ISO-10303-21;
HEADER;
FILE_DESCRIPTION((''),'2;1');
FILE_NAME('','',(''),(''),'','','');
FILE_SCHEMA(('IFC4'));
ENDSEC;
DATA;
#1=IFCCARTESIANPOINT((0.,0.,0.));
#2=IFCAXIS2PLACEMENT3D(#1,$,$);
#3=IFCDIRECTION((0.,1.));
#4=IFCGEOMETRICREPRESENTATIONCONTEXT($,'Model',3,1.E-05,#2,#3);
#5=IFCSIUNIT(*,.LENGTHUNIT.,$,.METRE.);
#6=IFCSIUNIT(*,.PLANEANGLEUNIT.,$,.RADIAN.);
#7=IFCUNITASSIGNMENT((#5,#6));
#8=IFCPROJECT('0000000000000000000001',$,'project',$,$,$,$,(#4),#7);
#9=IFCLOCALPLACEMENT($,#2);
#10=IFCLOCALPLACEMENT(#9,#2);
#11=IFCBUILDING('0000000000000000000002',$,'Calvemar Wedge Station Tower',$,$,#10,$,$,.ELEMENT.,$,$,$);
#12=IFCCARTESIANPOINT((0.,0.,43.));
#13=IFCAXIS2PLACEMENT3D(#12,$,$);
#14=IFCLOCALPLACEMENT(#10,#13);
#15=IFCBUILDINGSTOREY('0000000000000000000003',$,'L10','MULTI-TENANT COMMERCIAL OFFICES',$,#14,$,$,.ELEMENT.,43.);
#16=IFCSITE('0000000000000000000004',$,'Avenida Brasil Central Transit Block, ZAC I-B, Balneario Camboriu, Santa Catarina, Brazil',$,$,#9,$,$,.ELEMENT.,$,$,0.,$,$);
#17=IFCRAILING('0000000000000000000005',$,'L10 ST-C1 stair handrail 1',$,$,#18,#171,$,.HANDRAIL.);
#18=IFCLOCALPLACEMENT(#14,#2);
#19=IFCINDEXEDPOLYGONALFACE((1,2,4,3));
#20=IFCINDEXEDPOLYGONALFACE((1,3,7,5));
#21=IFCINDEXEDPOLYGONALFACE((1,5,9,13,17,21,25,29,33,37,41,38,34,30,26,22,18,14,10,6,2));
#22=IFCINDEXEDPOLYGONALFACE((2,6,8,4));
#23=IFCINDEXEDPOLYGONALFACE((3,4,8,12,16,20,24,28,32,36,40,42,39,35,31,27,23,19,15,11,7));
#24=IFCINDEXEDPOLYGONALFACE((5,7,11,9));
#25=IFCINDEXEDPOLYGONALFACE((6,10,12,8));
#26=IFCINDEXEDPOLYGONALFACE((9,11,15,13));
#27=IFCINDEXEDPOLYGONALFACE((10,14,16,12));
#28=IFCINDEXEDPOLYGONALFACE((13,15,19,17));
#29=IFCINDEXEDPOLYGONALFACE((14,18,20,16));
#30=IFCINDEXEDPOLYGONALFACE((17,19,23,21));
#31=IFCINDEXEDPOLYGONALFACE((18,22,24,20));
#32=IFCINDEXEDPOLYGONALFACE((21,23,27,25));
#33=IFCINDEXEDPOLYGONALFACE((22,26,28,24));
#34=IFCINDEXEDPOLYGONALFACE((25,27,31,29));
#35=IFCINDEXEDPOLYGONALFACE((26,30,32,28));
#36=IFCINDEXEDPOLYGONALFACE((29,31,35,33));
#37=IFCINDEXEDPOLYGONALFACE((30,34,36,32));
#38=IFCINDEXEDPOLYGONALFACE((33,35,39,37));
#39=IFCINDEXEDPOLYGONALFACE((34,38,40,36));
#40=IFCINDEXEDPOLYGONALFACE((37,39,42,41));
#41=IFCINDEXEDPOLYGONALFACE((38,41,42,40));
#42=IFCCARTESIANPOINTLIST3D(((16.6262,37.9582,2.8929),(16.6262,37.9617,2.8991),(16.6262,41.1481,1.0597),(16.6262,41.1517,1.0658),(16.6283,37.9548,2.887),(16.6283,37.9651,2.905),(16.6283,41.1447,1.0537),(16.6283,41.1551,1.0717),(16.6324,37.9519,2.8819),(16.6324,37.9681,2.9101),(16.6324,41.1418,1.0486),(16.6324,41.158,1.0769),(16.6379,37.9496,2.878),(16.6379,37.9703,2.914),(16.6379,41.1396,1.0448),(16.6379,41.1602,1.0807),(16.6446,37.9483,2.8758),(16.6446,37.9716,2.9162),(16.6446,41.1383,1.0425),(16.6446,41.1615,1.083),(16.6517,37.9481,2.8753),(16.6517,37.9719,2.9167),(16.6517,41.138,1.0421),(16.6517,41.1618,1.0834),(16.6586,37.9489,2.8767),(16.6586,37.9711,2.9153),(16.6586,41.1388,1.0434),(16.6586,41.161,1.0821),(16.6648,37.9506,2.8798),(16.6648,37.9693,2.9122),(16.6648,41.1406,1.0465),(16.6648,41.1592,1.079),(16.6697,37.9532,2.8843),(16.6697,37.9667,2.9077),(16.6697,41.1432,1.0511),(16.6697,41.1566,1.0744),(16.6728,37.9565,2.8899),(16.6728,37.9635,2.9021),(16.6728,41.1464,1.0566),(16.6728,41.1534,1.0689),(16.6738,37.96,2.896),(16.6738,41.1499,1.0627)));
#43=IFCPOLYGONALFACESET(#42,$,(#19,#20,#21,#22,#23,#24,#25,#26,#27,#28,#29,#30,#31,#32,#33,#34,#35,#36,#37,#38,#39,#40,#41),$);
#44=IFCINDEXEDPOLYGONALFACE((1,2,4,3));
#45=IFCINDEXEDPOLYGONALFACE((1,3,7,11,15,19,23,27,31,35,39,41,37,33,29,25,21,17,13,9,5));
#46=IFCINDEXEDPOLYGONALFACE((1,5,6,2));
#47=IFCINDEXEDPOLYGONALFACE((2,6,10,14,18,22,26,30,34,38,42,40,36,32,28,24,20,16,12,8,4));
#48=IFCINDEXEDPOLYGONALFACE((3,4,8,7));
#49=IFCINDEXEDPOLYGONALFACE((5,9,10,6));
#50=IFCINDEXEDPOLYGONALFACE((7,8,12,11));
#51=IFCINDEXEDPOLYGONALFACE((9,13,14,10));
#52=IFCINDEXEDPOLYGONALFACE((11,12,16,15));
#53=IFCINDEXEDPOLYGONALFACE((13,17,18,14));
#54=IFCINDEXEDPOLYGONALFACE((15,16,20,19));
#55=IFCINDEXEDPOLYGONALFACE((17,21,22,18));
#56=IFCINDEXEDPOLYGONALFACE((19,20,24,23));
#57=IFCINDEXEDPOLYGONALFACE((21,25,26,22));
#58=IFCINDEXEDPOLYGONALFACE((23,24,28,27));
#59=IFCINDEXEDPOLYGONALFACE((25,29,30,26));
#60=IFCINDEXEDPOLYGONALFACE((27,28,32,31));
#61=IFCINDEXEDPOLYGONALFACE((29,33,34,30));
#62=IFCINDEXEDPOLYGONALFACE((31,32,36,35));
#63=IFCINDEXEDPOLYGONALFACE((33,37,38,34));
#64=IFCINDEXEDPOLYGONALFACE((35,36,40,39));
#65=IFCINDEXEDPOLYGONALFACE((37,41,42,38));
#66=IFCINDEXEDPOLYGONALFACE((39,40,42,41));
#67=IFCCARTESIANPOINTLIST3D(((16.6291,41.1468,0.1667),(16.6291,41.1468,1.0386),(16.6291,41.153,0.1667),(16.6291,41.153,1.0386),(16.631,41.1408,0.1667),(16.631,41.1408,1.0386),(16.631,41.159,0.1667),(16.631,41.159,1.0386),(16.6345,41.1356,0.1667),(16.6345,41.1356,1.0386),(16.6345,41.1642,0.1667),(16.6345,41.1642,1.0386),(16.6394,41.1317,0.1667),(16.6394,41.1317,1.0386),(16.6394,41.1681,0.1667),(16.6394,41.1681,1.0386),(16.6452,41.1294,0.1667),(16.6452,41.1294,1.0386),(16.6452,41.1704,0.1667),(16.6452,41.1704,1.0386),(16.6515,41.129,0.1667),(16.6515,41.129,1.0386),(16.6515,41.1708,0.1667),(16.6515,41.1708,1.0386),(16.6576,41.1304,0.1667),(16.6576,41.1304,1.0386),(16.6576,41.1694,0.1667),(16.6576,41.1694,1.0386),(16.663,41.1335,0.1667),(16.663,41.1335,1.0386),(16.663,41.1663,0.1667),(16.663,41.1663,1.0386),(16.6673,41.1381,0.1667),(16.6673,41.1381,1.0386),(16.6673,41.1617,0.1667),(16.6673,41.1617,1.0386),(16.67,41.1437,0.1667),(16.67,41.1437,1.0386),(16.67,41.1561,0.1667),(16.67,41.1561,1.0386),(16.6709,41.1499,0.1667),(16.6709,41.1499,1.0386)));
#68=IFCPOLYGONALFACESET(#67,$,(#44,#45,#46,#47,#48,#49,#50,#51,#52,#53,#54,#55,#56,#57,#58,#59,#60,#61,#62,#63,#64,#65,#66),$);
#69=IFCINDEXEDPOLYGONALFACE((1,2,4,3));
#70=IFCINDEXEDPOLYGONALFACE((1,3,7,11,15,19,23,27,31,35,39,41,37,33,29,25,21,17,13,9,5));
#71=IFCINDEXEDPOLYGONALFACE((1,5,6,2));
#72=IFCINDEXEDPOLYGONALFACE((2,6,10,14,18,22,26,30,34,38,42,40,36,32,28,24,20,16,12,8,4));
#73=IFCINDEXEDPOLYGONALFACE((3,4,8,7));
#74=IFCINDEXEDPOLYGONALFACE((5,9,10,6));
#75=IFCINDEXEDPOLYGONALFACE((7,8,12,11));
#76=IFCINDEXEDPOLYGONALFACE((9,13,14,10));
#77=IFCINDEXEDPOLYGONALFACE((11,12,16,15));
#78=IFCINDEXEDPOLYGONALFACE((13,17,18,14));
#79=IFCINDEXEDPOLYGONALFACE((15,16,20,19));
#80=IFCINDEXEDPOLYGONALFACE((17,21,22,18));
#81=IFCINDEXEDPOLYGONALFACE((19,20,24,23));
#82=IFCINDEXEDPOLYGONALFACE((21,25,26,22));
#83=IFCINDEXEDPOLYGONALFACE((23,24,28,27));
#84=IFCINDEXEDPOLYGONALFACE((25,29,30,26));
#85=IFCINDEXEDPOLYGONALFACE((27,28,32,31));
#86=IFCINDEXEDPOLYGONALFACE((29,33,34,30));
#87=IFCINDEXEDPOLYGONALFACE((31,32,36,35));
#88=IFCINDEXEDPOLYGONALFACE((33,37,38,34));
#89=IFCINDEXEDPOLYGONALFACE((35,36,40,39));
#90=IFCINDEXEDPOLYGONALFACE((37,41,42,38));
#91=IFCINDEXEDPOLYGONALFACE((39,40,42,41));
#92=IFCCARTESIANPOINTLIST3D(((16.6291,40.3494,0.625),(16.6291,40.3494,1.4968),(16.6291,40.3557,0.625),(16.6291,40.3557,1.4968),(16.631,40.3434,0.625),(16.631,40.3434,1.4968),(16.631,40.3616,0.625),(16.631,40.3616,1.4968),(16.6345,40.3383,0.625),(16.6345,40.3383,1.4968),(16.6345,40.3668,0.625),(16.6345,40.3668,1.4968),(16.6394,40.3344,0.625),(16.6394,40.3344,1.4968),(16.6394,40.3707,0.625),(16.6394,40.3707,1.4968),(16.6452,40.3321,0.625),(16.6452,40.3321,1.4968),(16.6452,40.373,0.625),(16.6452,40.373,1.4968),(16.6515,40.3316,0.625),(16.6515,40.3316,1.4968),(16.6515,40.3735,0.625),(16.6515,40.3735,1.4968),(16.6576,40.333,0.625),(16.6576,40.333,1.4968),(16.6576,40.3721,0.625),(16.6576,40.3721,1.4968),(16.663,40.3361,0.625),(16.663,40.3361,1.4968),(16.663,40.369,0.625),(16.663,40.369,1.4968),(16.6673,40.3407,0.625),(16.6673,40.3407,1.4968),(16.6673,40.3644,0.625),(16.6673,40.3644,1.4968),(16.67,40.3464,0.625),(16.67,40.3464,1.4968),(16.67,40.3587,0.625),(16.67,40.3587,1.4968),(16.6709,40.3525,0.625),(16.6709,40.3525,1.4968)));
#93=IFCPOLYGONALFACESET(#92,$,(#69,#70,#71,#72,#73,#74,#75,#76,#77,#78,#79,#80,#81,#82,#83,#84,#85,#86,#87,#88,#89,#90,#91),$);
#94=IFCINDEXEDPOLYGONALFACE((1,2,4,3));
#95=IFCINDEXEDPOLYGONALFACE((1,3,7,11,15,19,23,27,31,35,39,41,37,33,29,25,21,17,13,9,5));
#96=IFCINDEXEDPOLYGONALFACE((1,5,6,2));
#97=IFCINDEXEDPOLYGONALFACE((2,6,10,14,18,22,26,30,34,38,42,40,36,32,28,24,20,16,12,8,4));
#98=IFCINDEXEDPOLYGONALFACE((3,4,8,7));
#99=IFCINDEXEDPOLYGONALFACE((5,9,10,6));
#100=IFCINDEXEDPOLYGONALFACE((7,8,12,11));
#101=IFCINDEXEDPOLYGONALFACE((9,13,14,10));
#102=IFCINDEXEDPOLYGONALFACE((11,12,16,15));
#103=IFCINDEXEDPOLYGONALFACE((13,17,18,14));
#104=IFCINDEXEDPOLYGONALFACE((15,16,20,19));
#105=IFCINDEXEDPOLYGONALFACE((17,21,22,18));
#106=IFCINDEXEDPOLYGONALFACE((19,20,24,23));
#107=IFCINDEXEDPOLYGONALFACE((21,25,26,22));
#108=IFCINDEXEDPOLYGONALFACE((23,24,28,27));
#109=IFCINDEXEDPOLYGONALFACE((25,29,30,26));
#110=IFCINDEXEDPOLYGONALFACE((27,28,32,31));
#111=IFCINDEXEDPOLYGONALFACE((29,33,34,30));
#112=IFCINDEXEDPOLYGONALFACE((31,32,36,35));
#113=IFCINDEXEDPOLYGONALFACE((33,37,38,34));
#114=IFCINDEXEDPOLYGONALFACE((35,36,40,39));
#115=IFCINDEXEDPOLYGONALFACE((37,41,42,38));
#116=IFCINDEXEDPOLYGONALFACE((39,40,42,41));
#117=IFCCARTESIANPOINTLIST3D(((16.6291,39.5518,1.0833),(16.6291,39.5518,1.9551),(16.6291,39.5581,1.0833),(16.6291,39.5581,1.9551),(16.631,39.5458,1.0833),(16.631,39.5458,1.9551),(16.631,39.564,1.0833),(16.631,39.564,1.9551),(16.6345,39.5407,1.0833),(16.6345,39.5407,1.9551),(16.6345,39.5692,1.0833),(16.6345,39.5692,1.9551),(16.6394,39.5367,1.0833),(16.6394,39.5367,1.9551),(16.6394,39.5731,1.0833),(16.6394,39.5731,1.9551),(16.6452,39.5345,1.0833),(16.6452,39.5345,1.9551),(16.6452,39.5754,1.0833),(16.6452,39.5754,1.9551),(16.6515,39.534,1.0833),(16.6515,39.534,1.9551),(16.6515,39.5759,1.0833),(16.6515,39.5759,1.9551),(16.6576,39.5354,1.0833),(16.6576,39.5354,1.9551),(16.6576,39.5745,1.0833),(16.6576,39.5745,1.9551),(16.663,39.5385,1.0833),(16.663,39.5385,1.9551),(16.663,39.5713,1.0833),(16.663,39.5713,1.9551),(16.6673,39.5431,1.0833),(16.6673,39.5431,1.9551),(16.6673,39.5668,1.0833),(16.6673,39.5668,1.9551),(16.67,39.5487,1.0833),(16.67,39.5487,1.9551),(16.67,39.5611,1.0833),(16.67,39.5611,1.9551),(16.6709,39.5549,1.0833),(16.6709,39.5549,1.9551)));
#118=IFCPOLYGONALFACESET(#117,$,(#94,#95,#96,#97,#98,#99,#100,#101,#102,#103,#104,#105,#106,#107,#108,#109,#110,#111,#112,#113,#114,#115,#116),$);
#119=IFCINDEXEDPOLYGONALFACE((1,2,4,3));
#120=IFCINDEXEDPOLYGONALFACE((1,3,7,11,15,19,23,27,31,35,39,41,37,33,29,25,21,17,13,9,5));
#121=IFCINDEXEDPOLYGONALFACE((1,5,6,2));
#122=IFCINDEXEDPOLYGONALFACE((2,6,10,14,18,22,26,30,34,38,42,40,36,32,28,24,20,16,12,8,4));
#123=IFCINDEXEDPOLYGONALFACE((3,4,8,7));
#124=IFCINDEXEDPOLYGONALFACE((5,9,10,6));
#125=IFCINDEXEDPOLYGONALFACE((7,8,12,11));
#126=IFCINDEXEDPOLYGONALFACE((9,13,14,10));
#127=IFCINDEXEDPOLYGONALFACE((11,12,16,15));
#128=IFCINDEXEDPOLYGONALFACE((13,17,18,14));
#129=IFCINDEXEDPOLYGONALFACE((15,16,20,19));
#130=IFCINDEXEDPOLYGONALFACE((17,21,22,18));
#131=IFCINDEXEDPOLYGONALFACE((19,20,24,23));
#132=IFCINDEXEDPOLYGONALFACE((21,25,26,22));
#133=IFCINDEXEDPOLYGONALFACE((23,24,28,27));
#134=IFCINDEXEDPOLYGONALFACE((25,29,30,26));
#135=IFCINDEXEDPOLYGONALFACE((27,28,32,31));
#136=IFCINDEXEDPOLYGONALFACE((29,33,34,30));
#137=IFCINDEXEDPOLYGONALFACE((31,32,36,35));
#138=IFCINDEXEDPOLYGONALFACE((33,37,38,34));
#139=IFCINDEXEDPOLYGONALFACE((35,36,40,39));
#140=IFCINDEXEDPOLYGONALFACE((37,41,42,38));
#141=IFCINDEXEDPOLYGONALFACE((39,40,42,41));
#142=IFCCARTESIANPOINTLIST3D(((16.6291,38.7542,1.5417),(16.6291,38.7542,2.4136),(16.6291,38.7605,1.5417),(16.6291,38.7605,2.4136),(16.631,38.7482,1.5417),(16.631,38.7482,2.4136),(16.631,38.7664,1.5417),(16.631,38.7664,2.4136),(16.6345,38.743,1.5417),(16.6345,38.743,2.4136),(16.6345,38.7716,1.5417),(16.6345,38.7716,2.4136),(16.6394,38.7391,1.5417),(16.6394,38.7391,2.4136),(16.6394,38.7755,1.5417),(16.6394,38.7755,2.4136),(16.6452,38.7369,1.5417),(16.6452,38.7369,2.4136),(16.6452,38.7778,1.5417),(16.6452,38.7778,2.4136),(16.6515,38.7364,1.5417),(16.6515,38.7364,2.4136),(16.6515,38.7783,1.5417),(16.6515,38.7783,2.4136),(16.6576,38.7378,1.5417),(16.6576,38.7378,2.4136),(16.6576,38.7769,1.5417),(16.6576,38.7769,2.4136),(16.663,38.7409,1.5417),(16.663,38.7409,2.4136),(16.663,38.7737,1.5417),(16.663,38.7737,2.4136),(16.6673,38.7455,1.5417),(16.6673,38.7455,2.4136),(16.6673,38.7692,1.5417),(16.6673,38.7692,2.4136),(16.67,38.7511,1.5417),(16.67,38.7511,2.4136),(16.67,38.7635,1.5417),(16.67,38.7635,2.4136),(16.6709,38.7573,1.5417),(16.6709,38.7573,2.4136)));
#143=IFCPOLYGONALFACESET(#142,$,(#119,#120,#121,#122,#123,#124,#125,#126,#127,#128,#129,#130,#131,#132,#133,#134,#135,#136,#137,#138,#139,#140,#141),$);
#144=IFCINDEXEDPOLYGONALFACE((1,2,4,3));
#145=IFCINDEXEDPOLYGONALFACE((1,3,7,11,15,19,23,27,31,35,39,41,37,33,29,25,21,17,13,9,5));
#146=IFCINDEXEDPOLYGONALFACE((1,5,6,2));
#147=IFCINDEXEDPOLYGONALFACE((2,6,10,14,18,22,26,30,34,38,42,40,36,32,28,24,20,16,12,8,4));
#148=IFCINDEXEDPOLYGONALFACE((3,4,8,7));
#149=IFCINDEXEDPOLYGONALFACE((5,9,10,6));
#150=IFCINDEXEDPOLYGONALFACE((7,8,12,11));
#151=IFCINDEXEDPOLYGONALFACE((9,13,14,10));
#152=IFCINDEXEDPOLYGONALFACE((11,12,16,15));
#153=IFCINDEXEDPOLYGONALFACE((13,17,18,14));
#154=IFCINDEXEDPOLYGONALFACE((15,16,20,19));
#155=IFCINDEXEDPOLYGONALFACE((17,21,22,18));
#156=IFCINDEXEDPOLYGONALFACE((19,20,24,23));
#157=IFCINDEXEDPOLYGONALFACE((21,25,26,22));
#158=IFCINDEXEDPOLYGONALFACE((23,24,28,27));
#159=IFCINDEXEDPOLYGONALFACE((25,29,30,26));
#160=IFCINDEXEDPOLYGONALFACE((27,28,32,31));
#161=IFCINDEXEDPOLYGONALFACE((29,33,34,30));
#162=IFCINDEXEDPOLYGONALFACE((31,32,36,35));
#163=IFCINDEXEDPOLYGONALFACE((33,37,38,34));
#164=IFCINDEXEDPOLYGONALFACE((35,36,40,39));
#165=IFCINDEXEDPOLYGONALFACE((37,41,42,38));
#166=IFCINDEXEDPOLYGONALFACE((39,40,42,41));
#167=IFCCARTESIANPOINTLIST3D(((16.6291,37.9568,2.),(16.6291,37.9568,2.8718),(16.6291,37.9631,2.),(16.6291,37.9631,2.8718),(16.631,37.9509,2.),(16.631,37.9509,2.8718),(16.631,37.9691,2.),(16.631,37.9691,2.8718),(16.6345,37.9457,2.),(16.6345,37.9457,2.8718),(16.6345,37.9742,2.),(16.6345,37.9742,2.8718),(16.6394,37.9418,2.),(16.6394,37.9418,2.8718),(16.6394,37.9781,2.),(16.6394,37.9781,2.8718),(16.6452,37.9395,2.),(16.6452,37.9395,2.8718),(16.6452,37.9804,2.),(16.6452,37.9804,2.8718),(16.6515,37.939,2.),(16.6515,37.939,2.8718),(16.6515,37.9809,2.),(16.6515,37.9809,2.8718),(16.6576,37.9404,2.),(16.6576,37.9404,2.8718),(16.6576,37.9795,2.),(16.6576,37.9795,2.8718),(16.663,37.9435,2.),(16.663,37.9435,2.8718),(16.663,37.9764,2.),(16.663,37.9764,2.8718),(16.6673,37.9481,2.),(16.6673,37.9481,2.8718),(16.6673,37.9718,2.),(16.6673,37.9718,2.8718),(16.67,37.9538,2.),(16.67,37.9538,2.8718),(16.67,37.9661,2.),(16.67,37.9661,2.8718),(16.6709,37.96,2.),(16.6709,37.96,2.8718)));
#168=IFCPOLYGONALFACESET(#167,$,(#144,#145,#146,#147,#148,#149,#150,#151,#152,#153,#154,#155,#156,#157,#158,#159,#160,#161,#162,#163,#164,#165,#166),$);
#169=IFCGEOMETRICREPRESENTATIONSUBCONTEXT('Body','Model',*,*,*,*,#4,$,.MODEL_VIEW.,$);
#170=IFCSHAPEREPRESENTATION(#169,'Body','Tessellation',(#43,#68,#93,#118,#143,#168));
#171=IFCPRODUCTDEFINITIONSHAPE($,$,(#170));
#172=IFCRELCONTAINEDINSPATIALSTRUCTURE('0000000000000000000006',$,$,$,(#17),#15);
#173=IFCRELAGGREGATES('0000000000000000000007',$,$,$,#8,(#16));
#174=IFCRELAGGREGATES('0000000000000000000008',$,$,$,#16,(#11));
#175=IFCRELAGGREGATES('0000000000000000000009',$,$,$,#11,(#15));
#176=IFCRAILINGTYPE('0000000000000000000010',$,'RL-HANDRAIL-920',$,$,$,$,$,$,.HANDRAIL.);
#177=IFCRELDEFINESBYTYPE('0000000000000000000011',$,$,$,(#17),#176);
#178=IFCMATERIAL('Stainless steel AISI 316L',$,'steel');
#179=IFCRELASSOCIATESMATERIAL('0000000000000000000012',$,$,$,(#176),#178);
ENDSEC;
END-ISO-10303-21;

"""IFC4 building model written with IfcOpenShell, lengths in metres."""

from ifc_helpers import new_model, si_unit, direction, frame, origin, origin_2d, place, context, subcontext, project, spatial, circle, extrude, material, type_object, element, save


model = new_model("IFC4")

# Units and contexts
model_context = context("Model", 3, precision=1e-05, world=origin(), true_north=direction((0.0, 1.0)))
body_context = subcontext(model_context, "Body", "Model", "MODEL_VIEW")
ifc_project = project(units=[si_unit("LENGTHUNIT", "METRE"), si_unit("PLANEANGLEUNIT", "RADIAN")], contexts=[model_context])

# Site, building, storey
site_placement = place(None, origin())
site = spatial("IfcSite", under=ifc_project, at=site_placement, Name="Avenida Brasil Central Transit Block, ZAC I-B, Balneario Camboriu, Santa Catarina, Brazil", CompositionType="ELEMENT", RefElevation=0.0)
building_placement = place(site_placement, origin())
building = spatial("IfcBuilding", under=site, at=building_placement, Name="Calvemar Wedge Station Tower", CompositionType="ELEMENT")
storey_placement = place(building_placement, frame((0.0, 0.0, 43.0)))
storey = spatial("IfcBuildingStorey", under=building, at=storey_placement, Name="L10", Description="MULTI-TENANT COMMERCIAL OFFICES", CompositionType="ELEMENT", Elevation=43.0)

# Railing
ifc_material_1 = material(Name="Stainless steel AISI 316L", Category="steel")
railing_type_1 = type_object("IfcRailingType", Name="RL-HANDRAIL-920", PredefinedType="HANDRAIL", material=ifc_material_1)
railing_1_placement = place(storey_placement, frame((16.6499, 41.1499, 0.1667)))
element("IfcRailing", 1, at=railing_1_placement, inside=storey, type_object=railing_type_1, Name="L10 ST-C1 stair handrail 1", PredefinedType="HANDRAIL", context=body_context, shape_type="SweptSolid", body=[
    extrude(circle(Radius=0.0239, at=origin_2d()), frame((0.0, 0.0, 0.896), z_axis=(0.0, -0.86702, 0.498274), x_axis=(1.0, 0.0, 0.0)), (0.0, 0.0, 1.0), 3.6792),
    extrude(circle(Radius=0.021, at=origin_2d()), origin(), (0.0, 0.0, 1.0), 0.8718),
    extrude(circle(Radius=0.021, at=origin_2d()), frame((0.0, -0.7974, 0.4583)), (0.0, 0.0, 1.0), 0.8718),
    extrude(circle(Radius=0.021, at=origin_2d()), frame((0.0, -1.595, 0.9165)), (0.0, 0.0, 1.0), 0.8718),
    extrude(circle(Radius=0.021, at=origin_2d()), frame((0.0, -2.3926, 1.375)), (0.0, 0.0, 1.0), 0.8718),
    extrude(circle(Radius=0.021, at=origin_2d()), frame((0.0, -3.1899, 1.8333)), (0.0, 0.0, 1.0), 0.8718),
])

save(model, "model.ifc")
